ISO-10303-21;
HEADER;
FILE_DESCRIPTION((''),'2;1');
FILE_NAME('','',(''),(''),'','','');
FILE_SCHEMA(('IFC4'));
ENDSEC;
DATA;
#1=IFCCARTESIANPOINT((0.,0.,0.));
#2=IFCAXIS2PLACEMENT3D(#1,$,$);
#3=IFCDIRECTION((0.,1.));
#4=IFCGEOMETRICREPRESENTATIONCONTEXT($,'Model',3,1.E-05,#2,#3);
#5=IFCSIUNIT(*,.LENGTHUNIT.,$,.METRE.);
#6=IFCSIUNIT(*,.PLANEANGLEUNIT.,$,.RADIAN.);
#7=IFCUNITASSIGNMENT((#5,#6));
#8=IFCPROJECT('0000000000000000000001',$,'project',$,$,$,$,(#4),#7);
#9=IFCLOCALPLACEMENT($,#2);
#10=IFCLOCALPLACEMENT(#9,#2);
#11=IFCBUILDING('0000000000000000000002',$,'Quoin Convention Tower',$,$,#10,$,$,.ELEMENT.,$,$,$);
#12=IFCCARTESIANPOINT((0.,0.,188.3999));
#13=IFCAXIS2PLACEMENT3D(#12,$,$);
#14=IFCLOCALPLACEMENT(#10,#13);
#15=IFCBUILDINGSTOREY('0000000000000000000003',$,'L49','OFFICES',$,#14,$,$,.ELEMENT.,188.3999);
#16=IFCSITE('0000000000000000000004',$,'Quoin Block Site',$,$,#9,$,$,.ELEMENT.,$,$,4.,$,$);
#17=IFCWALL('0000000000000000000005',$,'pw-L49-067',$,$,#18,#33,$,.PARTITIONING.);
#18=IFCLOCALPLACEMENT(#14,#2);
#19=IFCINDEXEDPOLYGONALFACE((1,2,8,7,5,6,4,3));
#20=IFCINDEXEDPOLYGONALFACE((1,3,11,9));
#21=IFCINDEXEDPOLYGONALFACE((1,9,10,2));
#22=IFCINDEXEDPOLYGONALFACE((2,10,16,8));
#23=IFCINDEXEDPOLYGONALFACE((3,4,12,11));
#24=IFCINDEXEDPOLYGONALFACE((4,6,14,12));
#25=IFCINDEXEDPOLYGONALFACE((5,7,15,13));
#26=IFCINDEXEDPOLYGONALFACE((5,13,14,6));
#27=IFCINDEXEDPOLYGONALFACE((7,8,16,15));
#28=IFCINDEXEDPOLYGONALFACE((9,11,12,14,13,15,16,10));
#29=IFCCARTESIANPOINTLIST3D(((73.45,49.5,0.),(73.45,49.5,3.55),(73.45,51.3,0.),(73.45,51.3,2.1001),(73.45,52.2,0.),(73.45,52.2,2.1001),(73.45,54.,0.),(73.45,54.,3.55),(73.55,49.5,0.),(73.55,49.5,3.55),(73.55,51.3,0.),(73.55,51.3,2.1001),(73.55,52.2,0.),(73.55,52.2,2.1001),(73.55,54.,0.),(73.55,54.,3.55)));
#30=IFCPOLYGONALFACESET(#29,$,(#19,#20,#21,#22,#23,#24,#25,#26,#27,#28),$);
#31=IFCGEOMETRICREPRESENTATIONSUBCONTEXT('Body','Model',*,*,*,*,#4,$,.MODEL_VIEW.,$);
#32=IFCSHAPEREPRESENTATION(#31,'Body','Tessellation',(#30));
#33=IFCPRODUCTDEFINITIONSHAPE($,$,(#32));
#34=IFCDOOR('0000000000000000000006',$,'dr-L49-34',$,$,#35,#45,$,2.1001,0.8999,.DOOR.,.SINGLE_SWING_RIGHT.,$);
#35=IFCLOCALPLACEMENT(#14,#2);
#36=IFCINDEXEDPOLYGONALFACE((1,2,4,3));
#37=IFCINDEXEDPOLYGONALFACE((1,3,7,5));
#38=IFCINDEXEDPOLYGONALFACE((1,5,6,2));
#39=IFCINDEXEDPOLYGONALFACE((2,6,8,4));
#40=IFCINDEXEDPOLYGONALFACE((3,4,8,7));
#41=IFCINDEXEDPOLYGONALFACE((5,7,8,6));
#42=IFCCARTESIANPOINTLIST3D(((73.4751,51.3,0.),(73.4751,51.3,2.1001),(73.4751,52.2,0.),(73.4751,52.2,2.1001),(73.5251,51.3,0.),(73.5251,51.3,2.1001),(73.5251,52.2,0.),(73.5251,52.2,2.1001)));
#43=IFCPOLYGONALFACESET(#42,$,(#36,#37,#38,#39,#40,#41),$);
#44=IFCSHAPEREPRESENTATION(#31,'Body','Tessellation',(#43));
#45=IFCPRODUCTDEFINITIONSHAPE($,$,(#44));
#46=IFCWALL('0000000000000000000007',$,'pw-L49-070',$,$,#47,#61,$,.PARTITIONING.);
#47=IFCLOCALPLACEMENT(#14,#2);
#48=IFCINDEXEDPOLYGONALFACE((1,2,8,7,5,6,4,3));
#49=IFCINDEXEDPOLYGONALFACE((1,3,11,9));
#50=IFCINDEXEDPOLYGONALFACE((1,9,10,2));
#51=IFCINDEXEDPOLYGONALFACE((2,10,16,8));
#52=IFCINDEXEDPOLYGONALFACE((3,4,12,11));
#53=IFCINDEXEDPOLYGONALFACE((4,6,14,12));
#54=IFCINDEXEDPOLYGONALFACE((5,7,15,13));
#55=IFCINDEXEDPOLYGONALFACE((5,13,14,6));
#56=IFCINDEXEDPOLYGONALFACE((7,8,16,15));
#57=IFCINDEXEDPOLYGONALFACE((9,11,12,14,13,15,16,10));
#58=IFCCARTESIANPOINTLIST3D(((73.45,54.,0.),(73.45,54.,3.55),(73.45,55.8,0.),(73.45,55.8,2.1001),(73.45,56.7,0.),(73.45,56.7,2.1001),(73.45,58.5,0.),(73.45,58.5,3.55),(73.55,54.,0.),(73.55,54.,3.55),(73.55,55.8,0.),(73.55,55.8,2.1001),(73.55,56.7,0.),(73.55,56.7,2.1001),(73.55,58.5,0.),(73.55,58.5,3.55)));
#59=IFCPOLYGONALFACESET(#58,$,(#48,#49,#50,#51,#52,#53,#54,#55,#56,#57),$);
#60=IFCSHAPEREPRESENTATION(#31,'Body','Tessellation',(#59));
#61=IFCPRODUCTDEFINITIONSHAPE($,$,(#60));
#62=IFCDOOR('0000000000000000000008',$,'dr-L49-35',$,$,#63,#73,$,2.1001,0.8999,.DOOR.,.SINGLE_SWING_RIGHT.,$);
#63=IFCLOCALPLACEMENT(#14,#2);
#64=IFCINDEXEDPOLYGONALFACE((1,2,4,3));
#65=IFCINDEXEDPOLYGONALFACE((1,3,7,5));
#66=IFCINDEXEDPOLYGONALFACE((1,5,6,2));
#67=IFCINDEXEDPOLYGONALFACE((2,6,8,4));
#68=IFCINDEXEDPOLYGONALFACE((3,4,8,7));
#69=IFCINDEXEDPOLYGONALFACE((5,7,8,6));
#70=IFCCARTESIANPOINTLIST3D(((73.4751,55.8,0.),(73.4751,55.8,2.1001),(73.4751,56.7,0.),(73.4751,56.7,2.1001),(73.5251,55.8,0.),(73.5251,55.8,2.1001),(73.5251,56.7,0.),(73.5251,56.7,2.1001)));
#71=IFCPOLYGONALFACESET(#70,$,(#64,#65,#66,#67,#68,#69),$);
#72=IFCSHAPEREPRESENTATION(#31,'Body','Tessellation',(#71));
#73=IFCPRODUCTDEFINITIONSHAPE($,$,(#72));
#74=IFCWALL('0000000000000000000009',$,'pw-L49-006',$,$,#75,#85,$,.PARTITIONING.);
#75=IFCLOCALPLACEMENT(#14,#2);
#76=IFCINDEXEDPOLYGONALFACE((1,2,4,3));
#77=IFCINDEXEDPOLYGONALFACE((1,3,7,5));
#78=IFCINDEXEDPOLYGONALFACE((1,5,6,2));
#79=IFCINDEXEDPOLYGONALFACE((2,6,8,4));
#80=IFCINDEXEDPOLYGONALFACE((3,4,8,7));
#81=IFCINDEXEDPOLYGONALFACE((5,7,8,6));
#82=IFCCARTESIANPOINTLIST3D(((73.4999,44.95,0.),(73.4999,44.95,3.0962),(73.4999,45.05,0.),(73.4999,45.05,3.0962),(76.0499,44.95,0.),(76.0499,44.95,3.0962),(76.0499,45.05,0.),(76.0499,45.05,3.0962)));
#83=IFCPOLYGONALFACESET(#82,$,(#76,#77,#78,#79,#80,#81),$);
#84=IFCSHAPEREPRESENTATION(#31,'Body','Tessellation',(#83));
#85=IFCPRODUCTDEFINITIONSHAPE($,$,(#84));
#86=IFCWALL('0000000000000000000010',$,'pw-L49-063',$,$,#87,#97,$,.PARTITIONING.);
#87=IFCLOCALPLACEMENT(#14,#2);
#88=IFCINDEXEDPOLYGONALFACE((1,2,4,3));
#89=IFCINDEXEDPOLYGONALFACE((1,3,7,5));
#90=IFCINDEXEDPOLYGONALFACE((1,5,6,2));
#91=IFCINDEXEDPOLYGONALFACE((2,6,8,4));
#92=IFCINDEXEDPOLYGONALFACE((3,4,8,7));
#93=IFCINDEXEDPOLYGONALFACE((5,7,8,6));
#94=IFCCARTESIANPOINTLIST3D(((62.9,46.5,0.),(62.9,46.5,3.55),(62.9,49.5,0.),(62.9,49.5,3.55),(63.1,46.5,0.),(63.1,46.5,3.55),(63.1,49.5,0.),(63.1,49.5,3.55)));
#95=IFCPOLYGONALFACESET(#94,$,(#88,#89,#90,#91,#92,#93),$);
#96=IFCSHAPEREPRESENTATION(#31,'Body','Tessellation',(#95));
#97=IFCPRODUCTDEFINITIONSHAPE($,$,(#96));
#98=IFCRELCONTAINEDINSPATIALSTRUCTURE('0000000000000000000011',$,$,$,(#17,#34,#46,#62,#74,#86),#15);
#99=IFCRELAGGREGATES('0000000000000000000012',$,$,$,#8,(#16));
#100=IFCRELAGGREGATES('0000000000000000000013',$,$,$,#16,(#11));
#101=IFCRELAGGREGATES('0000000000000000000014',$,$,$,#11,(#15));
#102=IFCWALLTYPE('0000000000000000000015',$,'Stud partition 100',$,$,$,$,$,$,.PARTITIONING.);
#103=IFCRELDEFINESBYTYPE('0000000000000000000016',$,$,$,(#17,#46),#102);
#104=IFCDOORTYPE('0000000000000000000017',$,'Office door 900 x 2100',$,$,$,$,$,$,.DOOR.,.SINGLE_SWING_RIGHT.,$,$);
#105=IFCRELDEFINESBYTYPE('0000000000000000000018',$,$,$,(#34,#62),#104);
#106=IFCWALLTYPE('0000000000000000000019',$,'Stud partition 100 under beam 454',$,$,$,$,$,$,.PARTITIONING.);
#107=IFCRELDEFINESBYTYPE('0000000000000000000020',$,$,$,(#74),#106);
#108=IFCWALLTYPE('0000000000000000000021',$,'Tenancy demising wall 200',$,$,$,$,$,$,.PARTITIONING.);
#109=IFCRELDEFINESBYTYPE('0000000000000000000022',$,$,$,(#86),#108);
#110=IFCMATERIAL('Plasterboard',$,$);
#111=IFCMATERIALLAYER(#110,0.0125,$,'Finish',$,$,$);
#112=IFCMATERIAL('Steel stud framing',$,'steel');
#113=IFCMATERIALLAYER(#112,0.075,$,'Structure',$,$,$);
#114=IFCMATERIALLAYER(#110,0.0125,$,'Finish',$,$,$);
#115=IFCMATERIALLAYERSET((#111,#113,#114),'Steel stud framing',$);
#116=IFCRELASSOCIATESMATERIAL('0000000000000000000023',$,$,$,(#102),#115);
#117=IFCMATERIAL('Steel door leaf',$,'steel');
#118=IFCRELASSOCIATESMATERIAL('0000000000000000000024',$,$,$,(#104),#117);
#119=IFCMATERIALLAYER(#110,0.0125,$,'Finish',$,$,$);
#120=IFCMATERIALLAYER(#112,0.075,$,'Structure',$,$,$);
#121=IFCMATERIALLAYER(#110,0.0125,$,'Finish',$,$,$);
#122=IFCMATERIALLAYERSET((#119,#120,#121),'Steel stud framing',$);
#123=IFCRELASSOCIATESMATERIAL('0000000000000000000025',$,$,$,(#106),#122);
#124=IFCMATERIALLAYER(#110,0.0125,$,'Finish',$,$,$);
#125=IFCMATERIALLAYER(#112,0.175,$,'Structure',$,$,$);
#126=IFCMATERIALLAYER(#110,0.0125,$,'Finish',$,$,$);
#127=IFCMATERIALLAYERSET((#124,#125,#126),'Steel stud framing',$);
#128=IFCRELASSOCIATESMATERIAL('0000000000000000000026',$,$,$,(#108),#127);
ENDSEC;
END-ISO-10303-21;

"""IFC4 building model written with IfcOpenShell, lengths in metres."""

from ifc_helpers import new_model, si_unit, direction, frame, frame_2d, origin, place, context, subcontext, project, spatial, rectangle, extrude, material, layer, layer_set, type_object, element, fill, save


model = new_model("IFC4")

# Units and contexts
model_context = context("Model", 3, precision=1e-05, world=origin(), true_north=direction((0.0, 1.0)))
body_context = subcontext(model_context, "Body", "Model", "MODEL_VIEW")
ifc_project = project(units=[si_unit("LENGTHUNIT", "METRE"), si_unit("PLANEANGLEUNIT", "RADIAN")], contexts=[model_context])

# Site, building, storey
site_placement = place(None, origin())
site = spatial("IfcSite", under=ifc_project, at=site_placement, Name="Quoin Block Site", CompositionType="ELEMENT", RefElevation=4.0)
building_placement = place(site_placement, origin())
building = spatial("IfcBuilding", under=site, at=building_placement, Name="Quoin Convention Tower", CompositionType="ELEMENT")
storey_placement = place(building_placement, frame((0.0, 0.0, 188.3999)))
storey = spatial("IfcBuildingStorey", under=building, at=storey_placement, Name="L49", Description="OFFICES", CompositionType="ELEMENT", Elevation=188.3999)

# Shared definitions
ifc_material_1 = material(Name="Plasterboard")
ifc_material_2 = material(Name="Steel stud framing", Category="steel")

# Shared definitions
ifc_material_3 = material(Name="Steel door leaf", Category="steel")

# Shared definitions
ifc_layer_1 = layer(ifc_material_1, 0.0125, Name="Finish")
ifc_layer_2 = layer(ifc_material_2, 0.075, Name="Structure")
ifc_layer_3 = layer(ifc_material_1, 0.0125, Name="Finish")
ifc_layer_set_1 = layer_set([ifc_layer_1, ifc_layer_2, ifc_layer_3], Name="Steel stud framing")
wall_type_1 = type_object("IfcWallType", Name="Stud partition 100", PredefinedType="PARTITIONING", material=ifc_layer_set_1)

# Walls, openings, doors
door_type_1 = type_object("IfcDoorType", Name="Office door 900 x 2100", OperationType="SINGLE_SWING_RIGHT", PredefinedType="DOOR", material=ifc_material_3)
wall_1_placement = place(storey_placement, frame((73.5, 49.5, 0.0), z_axis=(0.0, 0.0, 1.0), x_axis=(0.0, 1.0, 0.0)))
wall_1 = element("IfcWall", 1, at=wall_1_placement, inside=storey, type_object=wall_type_1, Name="pw-L49-067", PredefinedType="PARTITIONING", context=body_context, shape_type="SweptSolid", body=[
    extrude(rectangle(XDim=4.5, YDim=0.1001, at=frame_2d((2.25, 0.0))), origin(), (0.0, 0.0, 1.0), 3.55),
])
opening_1_placement = place(wall_1_placement, frame((1.8, 0.0, 0.0)))
opening_1 = element("IfcOpeningElement", 2, at=opening_1_placement, cuts=wall_1, PredefinedType="OPENING", context=body_context, shape_type="SweptSolid", body=[
    extrude(rectangle(XDim=0.8999, YDim=2.1001, at=frame_2d((0.45, 1.05))), frame((0.0, 0.0601, 0.0), z_axis=(0.0, -1.0, 0.0), x_axis=(1.0, 0.0, 0.0)), (0.0, 0.0, 1.0), 0.1201),
])
door_1_placement = place(opening_1_placement, origin())
door_1 = element("IfcDoor", 3, at=door_1_placement, inside=storey, type_object=door_type_1, Name="dr-L49-34", OperationType="SINGLE_SWING_RIGHT", OverallHeight=2.1001, OverallWidth=0.8999, PredefinedType="DOOR", context=body_context, shape_type="SweptSolid", body=[
    extrude(rectangle(XDim=0.8999, YDim=2.1001, at=frame_2d((0.45, 1.05))), frame((0.0, 0.0249, 0.0), z_axis=(0.0, -1.0, 0.0), x_axis=(1.0, 0.0, 0.0)), (0.0, 0.0, 1.0), 0.05),
])
fill(opening_1, door_1)
wall_2_placement = place(storey_placement, frame((73.5, 54.0, 0.0), z_axis=(0.0, 0.0, 1.0), x_axis=(0.0, 1.0, 0.0)))
wall_2 = element("IfcWall", 4, at=wall_2_placement, inside=storey, type_object=wall_type_1, Name="pw-L49-070", PredefinedType="PARTITIONING", context=body_context, shape_type="SweptSolid", body=[
    extrude(rectangle(XDim=4.5, YDim=0.1001, at=frame_2d((2.25, 0.0))), origin(), (0.0, 0.0, 1.0), 3.55),
])
opening_2_placement = place(wall_2_placement, frame((1.8, 0.0, 0.0)))
opening_2 = element("IfcOpeningElement", 5, at=opening_2_placement, cuts=wall_2, PredefinedType="OPENING", context=body_context, shape_type="SweptSolid", body=[
    extrude(rectangle(XDim=0.8999, YDim=2.1001, at=frame_2d((0.45, 1.05))), frame((0.0, 0.0601, 0.0), z_axis=(0.0, -1.0, 0.0), x_axis=(1.0, 0.0, 0.0)), (0.0, 0.0, 1.0), 0.1201),
])
door_2_placement = place(opening_2_placement, origin())
door_2 = element("IfcDoor", 6, at=door_2_placement, inside=storey, type_object=door_type_1, Name="dr-L49-35", OperationType="SINGLE_SWING_RIGHT", OverallHeight=2.1001, OverallWidth=0.8999, PredefinedType="DOOR", context=body_context, shape_type="SweptSolid", body=[
    extrude(rectangle(XDim=0.8999, YDim=2.1001, at=frame_2d((0.45, 1.05))), frame((0.0, 0.0249, 0.0), z_axis=(0.0, -1.0, 0.0), x_axis=(1.0, 0.0, 0.0)), (0.0, 0.0, 1.0), 0.05),
])
fill(opening_2, door_2)

# Walls
ifc_layer_4 = layer(ifc_material_1, 0.0125, Name="Finish")
ifc_layer_5 = layer(ifc_material_2, 0.075, Name="Structure")
ifc_layer_6 = layer(ifc_material_1, 0.0125, Name="Finish")
ifc_layer_set_2 = layer_set([ifc_layer_4, ifc_layer_5, ifc_layer_6], Name="Steel stud framing")
wall_type_2 = type_object("IfcWallType", Name="Stud partition 100 under beam 454", PredefinedType="PARTITIONING", material=ifc_layer_set_2)
wall_3_placement = place(storey_placement, frame((73.5, 45.0, 0.0), z_axis=(0.0, 0.0, 1.0), x_axis=(1.0, 0.0, 0.0)))
element("IfcWall", 7, at=wall_3_placement, inside=storey, type_object=wall_type_2, Name="pw-L49-006", PredefinedType="PARTITIONING", context=body_context, shape_type="SweptSolid", body=[
    extrude(rectangle(XDim=2.55, YDim=0.1001, at=frame_2d((1.2749, 0.0))), origin(), (0.0, 0.0, 1.0), 3.0962),
])
ifc_layer_7 = layer(ifc_material_1, 0.0125, Name="Finish")
ifc_layer_8 = layer(ifc_material_2, 0.175, Name="Structure")
ifc_layer_9 = layer(ifc_material_1, 0.0125, Name="Finish")
ifc_layer_set_3 = layer_set([ifc_layer_7, ifc_layer_8, ifc_layer_9], Name="Steel stud framing")
wall_type_3 = type_object("IfcWallType", Name="Tenancy demising wall 200", PredefinedType="PARTITIONING", material=ifc_layer_set_3)
wall_4_placement = place(storey_placement, frame((63.0, 46.5, 0.0), z_axis=(0.0, 0.0, 1.0), x_axis=(0.0, 1.0, 0.0)))
element("IfcWall", 8, at=wall_4_placement, inside=storey, type_object=wall_type_3, Name="pw-L49-063", PredefinedType="PARTITIONING", context=body_context, shape_type="SweptSolid", body=[
    extrude(rectangle(XDim=3.0, YDim=0.2, at=frame_2d((1.5, 0.0))), origin(), (0.0, 0.0, 1.0), 3.55),
])

save(model, "model.ifc")
